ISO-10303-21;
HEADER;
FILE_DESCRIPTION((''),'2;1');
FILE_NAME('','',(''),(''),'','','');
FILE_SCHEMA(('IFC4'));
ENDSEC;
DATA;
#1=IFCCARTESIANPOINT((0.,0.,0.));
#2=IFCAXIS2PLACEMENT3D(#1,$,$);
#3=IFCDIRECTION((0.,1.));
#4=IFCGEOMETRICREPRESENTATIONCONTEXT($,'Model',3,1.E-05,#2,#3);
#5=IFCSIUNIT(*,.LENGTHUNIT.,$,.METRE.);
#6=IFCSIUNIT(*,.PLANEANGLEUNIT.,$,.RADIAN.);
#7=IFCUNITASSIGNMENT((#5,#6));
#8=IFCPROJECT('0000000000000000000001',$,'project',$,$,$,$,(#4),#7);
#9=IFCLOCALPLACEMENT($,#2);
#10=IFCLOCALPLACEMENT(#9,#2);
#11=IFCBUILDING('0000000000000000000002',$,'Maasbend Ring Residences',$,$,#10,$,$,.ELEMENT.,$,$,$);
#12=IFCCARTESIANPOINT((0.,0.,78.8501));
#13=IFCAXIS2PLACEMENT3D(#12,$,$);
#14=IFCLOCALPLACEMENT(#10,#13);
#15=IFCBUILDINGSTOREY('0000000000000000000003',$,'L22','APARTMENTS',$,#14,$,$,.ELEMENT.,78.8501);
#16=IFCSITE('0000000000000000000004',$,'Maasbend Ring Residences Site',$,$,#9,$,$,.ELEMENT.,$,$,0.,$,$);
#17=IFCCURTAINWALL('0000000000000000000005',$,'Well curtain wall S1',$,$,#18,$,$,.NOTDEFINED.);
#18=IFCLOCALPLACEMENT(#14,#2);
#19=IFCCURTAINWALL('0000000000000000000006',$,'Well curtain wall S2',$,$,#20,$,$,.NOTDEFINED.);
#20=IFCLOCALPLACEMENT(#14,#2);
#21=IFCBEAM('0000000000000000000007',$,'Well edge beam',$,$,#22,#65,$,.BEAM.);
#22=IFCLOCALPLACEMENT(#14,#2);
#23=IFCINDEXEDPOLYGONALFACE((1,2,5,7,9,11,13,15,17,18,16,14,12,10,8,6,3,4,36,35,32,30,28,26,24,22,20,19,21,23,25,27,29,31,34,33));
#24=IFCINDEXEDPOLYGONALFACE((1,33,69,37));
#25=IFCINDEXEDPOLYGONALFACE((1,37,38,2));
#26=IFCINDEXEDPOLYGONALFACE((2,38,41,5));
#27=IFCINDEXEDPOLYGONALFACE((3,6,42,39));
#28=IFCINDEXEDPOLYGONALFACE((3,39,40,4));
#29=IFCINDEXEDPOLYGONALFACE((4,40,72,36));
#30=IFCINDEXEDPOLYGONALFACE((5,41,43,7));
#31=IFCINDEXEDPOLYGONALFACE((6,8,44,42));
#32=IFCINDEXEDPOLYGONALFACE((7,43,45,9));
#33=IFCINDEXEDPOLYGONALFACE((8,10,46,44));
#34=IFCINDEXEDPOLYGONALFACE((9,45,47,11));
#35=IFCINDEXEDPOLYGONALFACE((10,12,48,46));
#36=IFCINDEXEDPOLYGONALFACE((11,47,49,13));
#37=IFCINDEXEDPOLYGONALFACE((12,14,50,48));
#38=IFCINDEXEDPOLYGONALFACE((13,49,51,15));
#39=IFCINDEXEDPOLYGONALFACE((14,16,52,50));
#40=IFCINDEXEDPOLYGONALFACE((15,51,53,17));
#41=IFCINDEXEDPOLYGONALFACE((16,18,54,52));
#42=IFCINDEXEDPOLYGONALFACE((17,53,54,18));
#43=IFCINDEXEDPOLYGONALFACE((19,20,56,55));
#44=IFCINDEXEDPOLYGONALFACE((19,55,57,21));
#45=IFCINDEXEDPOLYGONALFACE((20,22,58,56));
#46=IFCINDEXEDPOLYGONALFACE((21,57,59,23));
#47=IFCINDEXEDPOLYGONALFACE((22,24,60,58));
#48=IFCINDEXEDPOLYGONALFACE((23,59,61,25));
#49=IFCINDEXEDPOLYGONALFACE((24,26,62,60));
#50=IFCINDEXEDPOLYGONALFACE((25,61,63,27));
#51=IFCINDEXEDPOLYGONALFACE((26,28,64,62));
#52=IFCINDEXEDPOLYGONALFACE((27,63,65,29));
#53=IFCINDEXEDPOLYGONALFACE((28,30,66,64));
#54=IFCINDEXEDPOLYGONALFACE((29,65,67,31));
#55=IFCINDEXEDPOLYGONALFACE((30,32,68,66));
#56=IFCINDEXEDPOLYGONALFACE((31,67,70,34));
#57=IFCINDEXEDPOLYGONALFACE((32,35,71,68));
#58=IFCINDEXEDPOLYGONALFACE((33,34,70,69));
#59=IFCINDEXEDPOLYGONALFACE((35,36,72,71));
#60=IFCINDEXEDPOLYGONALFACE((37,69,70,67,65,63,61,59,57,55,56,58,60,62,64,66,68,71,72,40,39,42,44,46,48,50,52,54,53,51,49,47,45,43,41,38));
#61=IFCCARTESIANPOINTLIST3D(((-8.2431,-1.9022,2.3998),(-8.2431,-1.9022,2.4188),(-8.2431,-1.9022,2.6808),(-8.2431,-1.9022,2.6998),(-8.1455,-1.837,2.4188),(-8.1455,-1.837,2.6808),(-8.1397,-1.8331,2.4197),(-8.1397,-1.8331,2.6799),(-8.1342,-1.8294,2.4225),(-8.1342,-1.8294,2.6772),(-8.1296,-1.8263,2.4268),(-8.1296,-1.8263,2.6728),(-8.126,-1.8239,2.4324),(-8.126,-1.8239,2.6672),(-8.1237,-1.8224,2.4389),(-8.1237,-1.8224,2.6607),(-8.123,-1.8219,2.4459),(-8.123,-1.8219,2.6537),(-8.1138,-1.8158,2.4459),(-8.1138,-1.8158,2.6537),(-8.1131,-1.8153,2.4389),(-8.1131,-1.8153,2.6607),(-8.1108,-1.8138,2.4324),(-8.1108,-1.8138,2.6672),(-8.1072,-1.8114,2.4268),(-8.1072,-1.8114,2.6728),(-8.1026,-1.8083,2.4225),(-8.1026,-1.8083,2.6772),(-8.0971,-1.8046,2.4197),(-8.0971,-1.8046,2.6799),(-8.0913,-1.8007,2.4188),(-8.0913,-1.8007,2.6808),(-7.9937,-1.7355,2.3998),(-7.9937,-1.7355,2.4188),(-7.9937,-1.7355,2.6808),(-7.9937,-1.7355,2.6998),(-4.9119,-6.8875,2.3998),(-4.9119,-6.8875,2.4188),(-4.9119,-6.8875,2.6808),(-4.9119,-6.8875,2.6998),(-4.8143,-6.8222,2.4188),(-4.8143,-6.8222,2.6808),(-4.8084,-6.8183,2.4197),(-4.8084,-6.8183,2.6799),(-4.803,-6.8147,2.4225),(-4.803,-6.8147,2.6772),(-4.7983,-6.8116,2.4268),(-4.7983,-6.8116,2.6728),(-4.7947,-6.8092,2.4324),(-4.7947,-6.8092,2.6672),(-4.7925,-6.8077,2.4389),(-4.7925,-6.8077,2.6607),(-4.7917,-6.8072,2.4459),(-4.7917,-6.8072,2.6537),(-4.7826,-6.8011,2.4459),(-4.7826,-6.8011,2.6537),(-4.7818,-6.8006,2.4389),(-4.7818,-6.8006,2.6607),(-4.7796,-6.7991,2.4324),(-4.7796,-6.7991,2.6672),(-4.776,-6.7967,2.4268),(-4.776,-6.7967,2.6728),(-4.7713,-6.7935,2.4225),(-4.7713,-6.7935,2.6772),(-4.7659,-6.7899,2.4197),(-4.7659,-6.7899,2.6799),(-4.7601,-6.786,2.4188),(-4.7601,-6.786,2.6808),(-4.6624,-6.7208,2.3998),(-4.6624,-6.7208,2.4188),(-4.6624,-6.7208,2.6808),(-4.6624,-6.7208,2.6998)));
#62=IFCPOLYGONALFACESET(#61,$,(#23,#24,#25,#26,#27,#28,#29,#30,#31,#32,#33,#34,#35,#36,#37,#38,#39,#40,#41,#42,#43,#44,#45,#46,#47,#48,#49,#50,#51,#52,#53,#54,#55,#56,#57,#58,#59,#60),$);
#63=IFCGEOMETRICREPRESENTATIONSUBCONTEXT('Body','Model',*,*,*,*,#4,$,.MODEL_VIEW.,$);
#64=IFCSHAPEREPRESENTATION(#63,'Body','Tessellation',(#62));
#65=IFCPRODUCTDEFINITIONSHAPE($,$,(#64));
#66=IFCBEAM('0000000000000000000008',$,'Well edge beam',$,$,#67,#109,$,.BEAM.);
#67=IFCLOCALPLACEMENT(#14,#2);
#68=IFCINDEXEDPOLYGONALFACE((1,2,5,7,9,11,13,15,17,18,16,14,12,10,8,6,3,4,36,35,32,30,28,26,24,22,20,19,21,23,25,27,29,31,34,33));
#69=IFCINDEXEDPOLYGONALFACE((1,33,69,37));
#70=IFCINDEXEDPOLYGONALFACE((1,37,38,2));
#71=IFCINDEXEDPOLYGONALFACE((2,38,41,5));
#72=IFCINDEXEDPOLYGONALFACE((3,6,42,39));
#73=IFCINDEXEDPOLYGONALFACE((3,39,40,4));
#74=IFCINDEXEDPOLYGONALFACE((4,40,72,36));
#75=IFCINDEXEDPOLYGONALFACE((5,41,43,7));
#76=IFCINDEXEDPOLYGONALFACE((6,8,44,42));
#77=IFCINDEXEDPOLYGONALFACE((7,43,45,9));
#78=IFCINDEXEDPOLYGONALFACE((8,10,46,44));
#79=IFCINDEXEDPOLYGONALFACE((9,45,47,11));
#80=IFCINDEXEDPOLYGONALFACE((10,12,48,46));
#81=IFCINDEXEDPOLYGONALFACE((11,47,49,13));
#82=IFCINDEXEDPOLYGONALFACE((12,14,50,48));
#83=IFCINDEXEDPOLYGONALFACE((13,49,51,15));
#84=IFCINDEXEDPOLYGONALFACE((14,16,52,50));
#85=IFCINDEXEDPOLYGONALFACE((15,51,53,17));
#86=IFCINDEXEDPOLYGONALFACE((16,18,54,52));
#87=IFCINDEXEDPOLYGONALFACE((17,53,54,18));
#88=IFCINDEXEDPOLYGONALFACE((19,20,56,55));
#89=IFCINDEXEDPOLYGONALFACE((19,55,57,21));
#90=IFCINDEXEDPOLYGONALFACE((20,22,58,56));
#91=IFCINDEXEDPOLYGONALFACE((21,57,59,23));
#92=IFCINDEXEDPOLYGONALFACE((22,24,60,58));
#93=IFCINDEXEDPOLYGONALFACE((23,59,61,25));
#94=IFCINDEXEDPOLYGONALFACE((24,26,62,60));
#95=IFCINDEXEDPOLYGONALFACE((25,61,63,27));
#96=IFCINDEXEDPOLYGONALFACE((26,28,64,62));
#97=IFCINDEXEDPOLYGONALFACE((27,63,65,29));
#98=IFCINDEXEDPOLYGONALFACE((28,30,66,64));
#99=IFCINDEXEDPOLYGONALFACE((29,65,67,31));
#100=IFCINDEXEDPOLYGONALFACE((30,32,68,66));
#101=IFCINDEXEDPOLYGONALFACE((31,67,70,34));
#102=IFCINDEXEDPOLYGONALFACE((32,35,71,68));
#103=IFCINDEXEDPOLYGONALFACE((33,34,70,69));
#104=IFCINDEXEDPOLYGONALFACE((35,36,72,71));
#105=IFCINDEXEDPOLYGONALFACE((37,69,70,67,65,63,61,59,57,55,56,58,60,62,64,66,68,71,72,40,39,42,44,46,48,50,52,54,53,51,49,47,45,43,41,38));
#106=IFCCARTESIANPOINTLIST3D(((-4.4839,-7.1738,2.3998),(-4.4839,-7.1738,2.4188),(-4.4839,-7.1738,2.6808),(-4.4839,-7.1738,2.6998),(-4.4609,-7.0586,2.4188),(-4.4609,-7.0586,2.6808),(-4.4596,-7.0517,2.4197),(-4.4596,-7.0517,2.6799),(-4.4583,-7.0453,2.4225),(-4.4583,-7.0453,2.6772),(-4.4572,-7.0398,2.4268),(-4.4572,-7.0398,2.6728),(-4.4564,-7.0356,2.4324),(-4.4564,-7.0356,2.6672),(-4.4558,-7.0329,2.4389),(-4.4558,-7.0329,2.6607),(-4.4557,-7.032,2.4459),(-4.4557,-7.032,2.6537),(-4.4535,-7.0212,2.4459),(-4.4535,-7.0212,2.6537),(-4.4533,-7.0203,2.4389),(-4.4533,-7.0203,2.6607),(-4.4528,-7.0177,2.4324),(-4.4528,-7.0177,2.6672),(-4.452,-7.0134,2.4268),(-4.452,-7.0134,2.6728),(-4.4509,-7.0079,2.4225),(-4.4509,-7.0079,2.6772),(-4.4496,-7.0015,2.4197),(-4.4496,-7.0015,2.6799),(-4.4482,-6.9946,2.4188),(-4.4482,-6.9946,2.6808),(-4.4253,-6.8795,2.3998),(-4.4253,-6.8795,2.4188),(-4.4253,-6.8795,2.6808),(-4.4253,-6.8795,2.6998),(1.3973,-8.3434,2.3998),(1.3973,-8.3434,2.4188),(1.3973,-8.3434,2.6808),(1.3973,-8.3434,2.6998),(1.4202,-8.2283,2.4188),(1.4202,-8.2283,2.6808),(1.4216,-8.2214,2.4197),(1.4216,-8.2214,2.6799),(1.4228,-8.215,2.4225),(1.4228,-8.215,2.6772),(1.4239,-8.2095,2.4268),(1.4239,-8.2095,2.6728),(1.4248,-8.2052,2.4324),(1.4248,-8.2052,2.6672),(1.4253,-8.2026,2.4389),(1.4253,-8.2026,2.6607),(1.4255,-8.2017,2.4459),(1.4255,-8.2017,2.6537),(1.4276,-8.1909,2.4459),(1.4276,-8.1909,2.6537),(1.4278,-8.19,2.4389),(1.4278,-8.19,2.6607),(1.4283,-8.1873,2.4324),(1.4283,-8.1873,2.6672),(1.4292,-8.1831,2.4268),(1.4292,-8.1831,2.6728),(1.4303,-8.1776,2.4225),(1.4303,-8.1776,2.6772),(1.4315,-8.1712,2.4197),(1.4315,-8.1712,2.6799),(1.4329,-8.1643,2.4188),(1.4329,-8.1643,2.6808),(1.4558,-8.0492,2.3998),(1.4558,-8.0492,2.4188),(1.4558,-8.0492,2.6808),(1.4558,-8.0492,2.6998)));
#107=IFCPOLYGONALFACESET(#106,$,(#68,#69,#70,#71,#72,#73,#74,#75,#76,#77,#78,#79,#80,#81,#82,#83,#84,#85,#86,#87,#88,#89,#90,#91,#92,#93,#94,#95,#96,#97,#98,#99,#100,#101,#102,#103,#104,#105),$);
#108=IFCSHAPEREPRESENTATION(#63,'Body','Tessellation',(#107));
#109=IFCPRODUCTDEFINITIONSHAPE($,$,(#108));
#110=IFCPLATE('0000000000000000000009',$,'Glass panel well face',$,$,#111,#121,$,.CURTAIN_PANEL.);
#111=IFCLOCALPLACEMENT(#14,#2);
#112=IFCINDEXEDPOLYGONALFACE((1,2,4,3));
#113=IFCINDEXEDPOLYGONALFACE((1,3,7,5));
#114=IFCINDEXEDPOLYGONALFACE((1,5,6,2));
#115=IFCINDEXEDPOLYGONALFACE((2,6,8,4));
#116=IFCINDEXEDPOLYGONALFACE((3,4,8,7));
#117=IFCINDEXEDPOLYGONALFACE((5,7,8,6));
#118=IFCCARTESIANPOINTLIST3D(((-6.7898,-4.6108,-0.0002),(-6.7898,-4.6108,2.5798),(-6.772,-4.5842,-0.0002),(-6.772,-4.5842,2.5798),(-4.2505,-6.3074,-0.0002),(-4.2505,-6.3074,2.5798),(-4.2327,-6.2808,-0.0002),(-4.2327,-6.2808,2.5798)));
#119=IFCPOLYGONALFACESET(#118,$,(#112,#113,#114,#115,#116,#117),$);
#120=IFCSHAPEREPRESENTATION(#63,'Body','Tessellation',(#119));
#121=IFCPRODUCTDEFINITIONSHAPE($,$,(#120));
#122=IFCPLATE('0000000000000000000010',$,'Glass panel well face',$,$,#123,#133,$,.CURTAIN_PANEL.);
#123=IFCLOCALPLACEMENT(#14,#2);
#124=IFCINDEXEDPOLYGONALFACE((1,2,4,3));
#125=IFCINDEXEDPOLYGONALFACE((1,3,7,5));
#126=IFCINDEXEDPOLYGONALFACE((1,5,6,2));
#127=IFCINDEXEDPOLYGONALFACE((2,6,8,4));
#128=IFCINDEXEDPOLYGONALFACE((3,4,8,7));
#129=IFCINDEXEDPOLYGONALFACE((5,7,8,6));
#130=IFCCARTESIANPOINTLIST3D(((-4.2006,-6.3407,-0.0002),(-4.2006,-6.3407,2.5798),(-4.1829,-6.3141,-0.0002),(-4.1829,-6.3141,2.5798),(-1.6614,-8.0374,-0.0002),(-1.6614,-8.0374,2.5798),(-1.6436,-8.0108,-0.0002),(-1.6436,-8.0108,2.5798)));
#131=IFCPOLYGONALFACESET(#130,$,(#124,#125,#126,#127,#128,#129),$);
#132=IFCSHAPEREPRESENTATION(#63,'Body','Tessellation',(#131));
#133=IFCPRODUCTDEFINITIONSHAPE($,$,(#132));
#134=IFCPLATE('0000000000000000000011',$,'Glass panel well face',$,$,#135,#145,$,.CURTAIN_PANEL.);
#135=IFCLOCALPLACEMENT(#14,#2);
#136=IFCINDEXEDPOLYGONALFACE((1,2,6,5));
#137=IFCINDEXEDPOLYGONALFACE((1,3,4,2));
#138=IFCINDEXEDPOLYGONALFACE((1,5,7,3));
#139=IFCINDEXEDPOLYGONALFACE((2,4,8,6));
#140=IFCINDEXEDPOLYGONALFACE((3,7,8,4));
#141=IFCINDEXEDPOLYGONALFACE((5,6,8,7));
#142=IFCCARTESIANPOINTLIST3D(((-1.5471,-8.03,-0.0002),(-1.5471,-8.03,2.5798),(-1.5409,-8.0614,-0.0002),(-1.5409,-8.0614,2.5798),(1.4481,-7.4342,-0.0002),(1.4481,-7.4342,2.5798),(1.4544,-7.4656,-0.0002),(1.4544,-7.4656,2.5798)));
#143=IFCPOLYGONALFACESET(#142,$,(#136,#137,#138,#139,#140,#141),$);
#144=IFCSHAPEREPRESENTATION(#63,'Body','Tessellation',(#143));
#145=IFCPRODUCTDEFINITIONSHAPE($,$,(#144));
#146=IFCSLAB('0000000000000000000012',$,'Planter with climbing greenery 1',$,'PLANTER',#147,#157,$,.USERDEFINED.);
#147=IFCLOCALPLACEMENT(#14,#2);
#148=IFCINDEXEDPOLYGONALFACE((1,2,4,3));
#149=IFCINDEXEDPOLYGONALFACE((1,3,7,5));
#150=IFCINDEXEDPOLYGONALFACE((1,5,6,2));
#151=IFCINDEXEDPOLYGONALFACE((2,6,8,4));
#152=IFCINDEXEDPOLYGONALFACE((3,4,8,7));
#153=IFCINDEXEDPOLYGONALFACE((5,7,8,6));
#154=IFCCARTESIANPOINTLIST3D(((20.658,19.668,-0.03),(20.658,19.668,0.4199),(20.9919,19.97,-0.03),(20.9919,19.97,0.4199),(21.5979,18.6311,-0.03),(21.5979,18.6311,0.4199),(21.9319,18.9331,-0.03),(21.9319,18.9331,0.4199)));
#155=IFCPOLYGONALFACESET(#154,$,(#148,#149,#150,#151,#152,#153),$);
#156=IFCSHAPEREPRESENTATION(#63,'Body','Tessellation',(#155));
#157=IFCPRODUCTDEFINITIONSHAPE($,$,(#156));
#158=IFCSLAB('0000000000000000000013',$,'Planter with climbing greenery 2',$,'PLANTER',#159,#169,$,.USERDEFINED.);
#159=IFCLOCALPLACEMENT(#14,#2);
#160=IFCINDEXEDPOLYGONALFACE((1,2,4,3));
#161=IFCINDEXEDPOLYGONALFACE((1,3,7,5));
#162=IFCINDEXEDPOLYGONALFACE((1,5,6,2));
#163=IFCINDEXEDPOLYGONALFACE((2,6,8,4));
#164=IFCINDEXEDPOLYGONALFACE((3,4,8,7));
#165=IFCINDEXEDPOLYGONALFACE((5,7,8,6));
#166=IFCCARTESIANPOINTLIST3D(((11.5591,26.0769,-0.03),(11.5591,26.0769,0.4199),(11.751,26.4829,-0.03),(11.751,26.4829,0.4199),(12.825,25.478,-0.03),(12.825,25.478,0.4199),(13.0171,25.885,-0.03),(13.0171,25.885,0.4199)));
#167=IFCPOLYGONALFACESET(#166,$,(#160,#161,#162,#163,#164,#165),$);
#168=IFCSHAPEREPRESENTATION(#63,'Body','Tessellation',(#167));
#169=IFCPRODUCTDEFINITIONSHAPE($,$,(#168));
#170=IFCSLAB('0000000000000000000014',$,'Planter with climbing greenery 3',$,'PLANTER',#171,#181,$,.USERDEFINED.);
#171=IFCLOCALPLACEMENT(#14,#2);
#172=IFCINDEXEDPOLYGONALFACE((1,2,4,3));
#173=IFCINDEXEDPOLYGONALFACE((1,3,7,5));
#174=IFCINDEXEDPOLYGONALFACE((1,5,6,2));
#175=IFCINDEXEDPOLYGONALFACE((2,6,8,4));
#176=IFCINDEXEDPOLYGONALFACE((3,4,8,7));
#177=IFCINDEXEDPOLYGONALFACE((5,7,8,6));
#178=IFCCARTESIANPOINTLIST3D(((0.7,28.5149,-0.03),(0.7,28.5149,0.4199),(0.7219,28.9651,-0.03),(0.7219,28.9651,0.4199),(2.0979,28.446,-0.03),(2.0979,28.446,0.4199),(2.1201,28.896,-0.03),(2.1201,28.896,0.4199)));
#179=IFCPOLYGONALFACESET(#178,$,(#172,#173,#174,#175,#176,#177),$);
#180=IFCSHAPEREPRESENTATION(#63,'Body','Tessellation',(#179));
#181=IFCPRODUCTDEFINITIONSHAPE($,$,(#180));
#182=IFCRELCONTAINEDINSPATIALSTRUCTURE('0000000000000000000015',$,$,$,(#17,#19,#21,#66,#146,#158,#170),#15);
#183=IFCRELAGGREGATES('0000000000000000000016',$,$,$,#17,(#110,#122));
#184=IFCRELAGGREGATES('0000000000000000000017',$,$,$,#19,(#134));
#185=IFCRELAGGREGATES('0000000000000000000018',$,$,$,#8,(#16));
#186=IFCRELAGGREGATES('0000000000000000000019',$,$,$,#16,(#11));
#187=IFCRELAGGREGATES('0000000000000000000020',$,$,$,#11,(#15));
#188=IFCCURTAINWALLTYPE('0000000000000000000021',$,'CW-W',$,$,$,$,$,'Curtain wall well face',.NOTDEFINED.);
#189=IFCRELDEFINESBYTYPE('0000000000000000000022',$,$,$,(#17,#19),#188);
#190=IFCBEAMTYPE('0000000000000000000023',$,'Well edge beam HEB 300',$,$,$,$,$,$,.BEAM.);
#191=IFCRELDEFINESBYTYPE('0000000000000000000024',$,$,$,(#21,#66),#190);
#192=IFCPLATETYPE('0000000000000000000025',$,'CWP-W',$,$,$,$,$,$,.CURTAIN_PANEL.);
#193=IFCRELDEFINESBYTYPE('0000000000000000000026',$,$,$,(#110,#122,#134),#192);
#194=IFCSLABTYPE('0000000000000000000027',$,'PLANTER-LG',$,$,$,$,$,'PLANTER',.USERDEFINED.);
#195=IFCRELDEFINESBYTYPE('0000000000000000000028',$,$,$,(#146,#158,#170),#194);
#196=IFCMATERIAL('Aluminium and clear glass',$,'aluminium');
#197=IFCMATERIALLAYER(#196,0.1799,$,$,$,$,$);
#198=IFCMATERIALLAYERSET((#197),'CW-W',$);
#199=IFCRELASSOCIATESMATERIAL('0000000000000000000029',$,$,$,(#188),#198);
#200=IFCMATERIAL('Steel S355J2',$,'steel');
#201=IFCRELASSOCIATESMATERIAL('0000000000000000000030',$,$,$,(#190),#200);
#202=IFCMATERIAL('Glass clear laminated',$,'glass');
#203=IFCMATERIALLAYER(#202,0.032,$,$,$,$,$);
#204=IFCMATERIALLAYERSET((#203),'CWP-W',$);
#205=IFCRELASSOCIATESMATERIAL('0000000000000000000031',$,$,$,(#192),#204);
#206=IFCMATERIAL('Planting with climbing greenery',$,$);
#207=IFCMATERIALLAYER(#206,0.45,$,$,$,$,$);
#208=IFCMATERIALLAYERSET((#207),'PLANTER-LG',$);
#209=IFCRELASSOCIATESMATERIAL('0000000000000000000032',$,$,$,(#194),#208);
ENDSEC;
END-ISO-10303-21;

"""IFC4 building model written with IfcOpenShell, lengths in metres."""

from ifc_helpers import new_model, si_unit, direction, frame, origin, origin_2d, place, context, subcontext, project, spatial, polyline, rectangle, i_section, outline, extrude, material, layer, layer_set, material_profile, profile_set, type_object, element, aggregate, save


model = new_model("IFC4")

# Units and contexts
model_context = context("Model", 3, precision=1e-05, world=origin(), true_north=direction((0.0, 1.0)))
body_context = subcontext(model_context, "Body", "Model", "MODEL_VIEW")
ifc_project = project(units=[si_unit("LENGTHUNIT", "METRE"), si_unit("PLANEANGLEUNIT", "RADIAN")], contexts=[model_context])

# Site, building, storey
site_placement = place(None, origin())
site = spatial("IfcSite", under=ifc_project, at=site_placement, Name="Maasbend Ring Residences Site", CompositionType="ELEMENT", RefElevation=0.0)
building_placement = place(site_placement, origin())
building = spatial("IfcBuilding", under=site, at=building_placement, Name="Maasbend Ring Residences", CompositionType="ELEMENT")
storey_placement = place(building_placement, frame((0.0, 0.0, 78.8501)))
storey = spatial("IfcBuildingStorey", under=building, at=storey_placement, Name="L22", Description="APARTMENTS", CompositionType="ELEMENT", Elevation=78.8501)

# Curtain wall
ifc_material_1 = material(Name="Aluminium and clear glass", Category="aluminium")
ifc_layer_1 = layer(ifc_material_1, 0.1799)
ifc_layer_set_1 = layer_set([ifc_layer_1], Name="CW-W")
curtain_wall_type = type_object("IfcCurtainWallType", Name="CW-W", ElementType="Curtain wall well face", PredefinedType="NOTDEFINED", material=ifc_layer_set_1)
curtain_wall_1_placement = place(storey_placement, origin())
curtain_wall_1 = element("IfcCurtainWall", 1, at=curtain_wall_1_placement, inside=storey, type_object=curtain_wall_type, Name="Well curtain wall S1", PredefinedType="NOTDEFINED")

# Curtain wall
curtain_wall_2_placement = place(storey_placement, origin())
curtain_wall_2 = element("IfcCurtainWall", 2, at=curtain_wall_2_placement, inside=storey, type_object=curtain_wall_type, Name="Well curtain wall S2", PredefinedType="NOTDEFINED")

# Beams
ifc_material_2 = material(Name="Steel S355J2", Category="steel")
ifc_material_profile_1 = material_profile(ifc_material_2, i_section(OverallWidth=0.3, OverallDepth=0.3, WebThickness=0.011, FlangeThickness=0.019, FilletRadius=0.0271, at=origin_2d()), Name="HEB 300")
ifc_profile_set_1 = profile_set([ifc_material_profile_1], Name="Steel S355J2")
beam_type = type_object("IfcBeamType", Name="Well edge beam HEB 300", PredefinedType="BEAM", material=ifc_profile_set_1)
beam_1_placement = place(storey_placement, frame((-8.1184, -1.8188, 2.5498), z_axis=(0.555593, -0.831455, 0.0), x_axis=(0.831455, 0.555593, 0.0)))
element("IfcBeam", 3, at=beam_1_placement, inside=storey, type_object=beam_type, Name="Well edge beam", PredefinedType="BEAM", context=body_context, shape_type="SweptSolid", body=[
    extrude(i_section(OverallWidth=0.3, OverallDepth=0.3, WebThickness=0.011, FlangeThickness=0.019, FilletRadius=0.0271, at=origin_2d()), origin(), (0.0, 0.0, 1.0), 5.9958),
])
beam_2_placement = place(storey_placement, frame((-4.4546, -7.0266, 2.5498), z_axis=(0.98079, -0.195067, 0.0), x_axis=(0.195067, 0.98079, 0.0)))
element("IfcBeam", 4, at=beam_2_placement, inside=storey, type_object=beam_type, Name="Well edge beam", PredefinedType="BEAM", context=body_context, shape_type="SweptSolid", body=[
    extrude(i_section(OverallWidth=0.3, OverallDepth=0.3, WebThickness=0.011, FlangeThickness=0.019, FilletRadius=0.0271, at=origin_2d()), origin(), (0.0, 0.0, 1.0), 5.9963),
])

# Plates
ifc_material_3 = material(Name="Glass clear laminated", Category="glass")
ifc_layer_2 = layer(ifc_material_3, 0.032)
ifc_layer_set_2 = layer_set([ifc_layer_2], Name="CWP-W")
plate_type = type_object("IfcPlateType", Name="CWP-W", PredefinedType="CURTAIN_PANEL", material=ifc_layer_set_2)
plate_1_placement = place(storey_placement, frame((-5.5112, -5.4458, -0.0002), z_axis=(0.0, 0.0, 1.0), x_axis=(0.83147, -0.55557, 0.0)))
plate_1 = element("IfcPlate", 5, at=plate_1_placement, type_object=plate_type, Name="Glass panel well face", PredefinedType="CURTAIN_PANEL", context=body_context, shape_type="SweptSolid", body=[
    extrude(rectangle(XDim=3.054, YDim=0.032, at=origin_2d()), origin(), (0.0, 0.0, 1.0), 2.5801),
])
plate_2_placement = place(storey_placement, frame((-2.9221, -7.1758, -0.0002), z_axis=(0.0, 0.0, 1.0), x_axis=(0.83147, -0.55557, 0.0)))
plate_2 = element("IfcPlate", 6, at=plate_2_placement, type_object=plate_type, Name="Glass panel well face", PredefinedType="CURTAIN_PANEL", context=body_context, shape_type="SweptSolid", body=[
    extrude(rectangle(XDim=3.054, YDim=0.032, at=origin_2d()), origin(), (0.0, 0.0, 1.0), 2.5801),
])
aggregate(curtain_wall_1, [plate_1, plate_2])
plate_3_placement = place(storey_placement, frame((-0.0464, -7.7478, -0.0002), z_axis=(0.0, 0.0, 1.0), x_axis=(0.980785, 0.19509, 0.0)))
plate_3 = element("IfcPlate", 7, at=plate_3_placement, type_object=plate_type, Name="Glass panel well face", PredefinedType="CURTAIN_PANEL", context=body_context, shape_type="SweptSolid", body=[
    extrude(rectangle(XDim=3.054, YDim=0.032, at=origin_2d()), origin(), (0.0, 0.0, 1.0), 2.5801),
])
aggregate(curtain_wall_2, [plate_3])

# Slabs
ifc_material_4 = material(Name="Planting with climbing greenery")
ifc_layer_3 = layer(ifc_material_4, 0.45)
ifc_layer_set_3 = layer_set([ifc_layer_3], Name="PLANTER-LG")
slab_type_1 = type_object("IfcSlabType", Name="PLANTER-LG", ElementType="PLANTER", PredefinedType="USERDEFINED", material=ifc_layer_set_3)
slab_1_placement = place(storey_placement, frame((0.0, 0.0, -0.03)))
element("IfcSlab", 8, at=slab_1_placement, inside=storey, type_object=slab_type_1, Name="Planter with climbing greenery 1", ObjectType="PLANTER", PredefinedType="USERDEFINED", context=body_context, shape_type="SweptSolid", body=[
    extrude(outline(polyline([(21.9319, 18.9331), (20.9919, 19.97), (20.658, 19.668), (21.5979, 18.6311), (21.9319, 18.9331)])), origin(), (0.0, 0.0, 1.0), 0.45),
])
slab_2_placement = place(storey_placement, frame((0.0, 0.0, -0.03)))
element("IfcSlab", 9, at=slab_2_placement, inside=storey, type_object=slab_type_1, Name="Planter with climbing greenery 2", ObjectType="PLANTER", PredefinedType="USERDEFINED", context=body_context, shape_type="SweptSolid", body=[
    extrude(outline(polyline([(13.0171, 25.885), (11.751, 26.4829), (11.5591, 26.0769), (12.825, 25.478), (13.0171, 25.885)])), origin(), (0.0, 0.0, 1.0), 0.45),
])
slab_3_placement = place(storey_placement, frame((0.0, 0.0, -0.03)))
element("IfcSlab", 10, at=slab_3_placement, inside=storey, type_object=slab_type_1, Name="Planter with climbing greenery 3", ObjectType="PLANTER", PredefinedType="USERDEFINED", context=body_context, shape_type="SweptSolid", body=[
    extrude(outline(polyline([(2.1201, 28.896), (0.7219, 28.9651), (0.7, 28.5149), (2.0979, 28.446), (2.1201, 28.896)])), origin(), (0.0, 0.0, 1.0), 0.45),
])

save(model, "model.ifc")
